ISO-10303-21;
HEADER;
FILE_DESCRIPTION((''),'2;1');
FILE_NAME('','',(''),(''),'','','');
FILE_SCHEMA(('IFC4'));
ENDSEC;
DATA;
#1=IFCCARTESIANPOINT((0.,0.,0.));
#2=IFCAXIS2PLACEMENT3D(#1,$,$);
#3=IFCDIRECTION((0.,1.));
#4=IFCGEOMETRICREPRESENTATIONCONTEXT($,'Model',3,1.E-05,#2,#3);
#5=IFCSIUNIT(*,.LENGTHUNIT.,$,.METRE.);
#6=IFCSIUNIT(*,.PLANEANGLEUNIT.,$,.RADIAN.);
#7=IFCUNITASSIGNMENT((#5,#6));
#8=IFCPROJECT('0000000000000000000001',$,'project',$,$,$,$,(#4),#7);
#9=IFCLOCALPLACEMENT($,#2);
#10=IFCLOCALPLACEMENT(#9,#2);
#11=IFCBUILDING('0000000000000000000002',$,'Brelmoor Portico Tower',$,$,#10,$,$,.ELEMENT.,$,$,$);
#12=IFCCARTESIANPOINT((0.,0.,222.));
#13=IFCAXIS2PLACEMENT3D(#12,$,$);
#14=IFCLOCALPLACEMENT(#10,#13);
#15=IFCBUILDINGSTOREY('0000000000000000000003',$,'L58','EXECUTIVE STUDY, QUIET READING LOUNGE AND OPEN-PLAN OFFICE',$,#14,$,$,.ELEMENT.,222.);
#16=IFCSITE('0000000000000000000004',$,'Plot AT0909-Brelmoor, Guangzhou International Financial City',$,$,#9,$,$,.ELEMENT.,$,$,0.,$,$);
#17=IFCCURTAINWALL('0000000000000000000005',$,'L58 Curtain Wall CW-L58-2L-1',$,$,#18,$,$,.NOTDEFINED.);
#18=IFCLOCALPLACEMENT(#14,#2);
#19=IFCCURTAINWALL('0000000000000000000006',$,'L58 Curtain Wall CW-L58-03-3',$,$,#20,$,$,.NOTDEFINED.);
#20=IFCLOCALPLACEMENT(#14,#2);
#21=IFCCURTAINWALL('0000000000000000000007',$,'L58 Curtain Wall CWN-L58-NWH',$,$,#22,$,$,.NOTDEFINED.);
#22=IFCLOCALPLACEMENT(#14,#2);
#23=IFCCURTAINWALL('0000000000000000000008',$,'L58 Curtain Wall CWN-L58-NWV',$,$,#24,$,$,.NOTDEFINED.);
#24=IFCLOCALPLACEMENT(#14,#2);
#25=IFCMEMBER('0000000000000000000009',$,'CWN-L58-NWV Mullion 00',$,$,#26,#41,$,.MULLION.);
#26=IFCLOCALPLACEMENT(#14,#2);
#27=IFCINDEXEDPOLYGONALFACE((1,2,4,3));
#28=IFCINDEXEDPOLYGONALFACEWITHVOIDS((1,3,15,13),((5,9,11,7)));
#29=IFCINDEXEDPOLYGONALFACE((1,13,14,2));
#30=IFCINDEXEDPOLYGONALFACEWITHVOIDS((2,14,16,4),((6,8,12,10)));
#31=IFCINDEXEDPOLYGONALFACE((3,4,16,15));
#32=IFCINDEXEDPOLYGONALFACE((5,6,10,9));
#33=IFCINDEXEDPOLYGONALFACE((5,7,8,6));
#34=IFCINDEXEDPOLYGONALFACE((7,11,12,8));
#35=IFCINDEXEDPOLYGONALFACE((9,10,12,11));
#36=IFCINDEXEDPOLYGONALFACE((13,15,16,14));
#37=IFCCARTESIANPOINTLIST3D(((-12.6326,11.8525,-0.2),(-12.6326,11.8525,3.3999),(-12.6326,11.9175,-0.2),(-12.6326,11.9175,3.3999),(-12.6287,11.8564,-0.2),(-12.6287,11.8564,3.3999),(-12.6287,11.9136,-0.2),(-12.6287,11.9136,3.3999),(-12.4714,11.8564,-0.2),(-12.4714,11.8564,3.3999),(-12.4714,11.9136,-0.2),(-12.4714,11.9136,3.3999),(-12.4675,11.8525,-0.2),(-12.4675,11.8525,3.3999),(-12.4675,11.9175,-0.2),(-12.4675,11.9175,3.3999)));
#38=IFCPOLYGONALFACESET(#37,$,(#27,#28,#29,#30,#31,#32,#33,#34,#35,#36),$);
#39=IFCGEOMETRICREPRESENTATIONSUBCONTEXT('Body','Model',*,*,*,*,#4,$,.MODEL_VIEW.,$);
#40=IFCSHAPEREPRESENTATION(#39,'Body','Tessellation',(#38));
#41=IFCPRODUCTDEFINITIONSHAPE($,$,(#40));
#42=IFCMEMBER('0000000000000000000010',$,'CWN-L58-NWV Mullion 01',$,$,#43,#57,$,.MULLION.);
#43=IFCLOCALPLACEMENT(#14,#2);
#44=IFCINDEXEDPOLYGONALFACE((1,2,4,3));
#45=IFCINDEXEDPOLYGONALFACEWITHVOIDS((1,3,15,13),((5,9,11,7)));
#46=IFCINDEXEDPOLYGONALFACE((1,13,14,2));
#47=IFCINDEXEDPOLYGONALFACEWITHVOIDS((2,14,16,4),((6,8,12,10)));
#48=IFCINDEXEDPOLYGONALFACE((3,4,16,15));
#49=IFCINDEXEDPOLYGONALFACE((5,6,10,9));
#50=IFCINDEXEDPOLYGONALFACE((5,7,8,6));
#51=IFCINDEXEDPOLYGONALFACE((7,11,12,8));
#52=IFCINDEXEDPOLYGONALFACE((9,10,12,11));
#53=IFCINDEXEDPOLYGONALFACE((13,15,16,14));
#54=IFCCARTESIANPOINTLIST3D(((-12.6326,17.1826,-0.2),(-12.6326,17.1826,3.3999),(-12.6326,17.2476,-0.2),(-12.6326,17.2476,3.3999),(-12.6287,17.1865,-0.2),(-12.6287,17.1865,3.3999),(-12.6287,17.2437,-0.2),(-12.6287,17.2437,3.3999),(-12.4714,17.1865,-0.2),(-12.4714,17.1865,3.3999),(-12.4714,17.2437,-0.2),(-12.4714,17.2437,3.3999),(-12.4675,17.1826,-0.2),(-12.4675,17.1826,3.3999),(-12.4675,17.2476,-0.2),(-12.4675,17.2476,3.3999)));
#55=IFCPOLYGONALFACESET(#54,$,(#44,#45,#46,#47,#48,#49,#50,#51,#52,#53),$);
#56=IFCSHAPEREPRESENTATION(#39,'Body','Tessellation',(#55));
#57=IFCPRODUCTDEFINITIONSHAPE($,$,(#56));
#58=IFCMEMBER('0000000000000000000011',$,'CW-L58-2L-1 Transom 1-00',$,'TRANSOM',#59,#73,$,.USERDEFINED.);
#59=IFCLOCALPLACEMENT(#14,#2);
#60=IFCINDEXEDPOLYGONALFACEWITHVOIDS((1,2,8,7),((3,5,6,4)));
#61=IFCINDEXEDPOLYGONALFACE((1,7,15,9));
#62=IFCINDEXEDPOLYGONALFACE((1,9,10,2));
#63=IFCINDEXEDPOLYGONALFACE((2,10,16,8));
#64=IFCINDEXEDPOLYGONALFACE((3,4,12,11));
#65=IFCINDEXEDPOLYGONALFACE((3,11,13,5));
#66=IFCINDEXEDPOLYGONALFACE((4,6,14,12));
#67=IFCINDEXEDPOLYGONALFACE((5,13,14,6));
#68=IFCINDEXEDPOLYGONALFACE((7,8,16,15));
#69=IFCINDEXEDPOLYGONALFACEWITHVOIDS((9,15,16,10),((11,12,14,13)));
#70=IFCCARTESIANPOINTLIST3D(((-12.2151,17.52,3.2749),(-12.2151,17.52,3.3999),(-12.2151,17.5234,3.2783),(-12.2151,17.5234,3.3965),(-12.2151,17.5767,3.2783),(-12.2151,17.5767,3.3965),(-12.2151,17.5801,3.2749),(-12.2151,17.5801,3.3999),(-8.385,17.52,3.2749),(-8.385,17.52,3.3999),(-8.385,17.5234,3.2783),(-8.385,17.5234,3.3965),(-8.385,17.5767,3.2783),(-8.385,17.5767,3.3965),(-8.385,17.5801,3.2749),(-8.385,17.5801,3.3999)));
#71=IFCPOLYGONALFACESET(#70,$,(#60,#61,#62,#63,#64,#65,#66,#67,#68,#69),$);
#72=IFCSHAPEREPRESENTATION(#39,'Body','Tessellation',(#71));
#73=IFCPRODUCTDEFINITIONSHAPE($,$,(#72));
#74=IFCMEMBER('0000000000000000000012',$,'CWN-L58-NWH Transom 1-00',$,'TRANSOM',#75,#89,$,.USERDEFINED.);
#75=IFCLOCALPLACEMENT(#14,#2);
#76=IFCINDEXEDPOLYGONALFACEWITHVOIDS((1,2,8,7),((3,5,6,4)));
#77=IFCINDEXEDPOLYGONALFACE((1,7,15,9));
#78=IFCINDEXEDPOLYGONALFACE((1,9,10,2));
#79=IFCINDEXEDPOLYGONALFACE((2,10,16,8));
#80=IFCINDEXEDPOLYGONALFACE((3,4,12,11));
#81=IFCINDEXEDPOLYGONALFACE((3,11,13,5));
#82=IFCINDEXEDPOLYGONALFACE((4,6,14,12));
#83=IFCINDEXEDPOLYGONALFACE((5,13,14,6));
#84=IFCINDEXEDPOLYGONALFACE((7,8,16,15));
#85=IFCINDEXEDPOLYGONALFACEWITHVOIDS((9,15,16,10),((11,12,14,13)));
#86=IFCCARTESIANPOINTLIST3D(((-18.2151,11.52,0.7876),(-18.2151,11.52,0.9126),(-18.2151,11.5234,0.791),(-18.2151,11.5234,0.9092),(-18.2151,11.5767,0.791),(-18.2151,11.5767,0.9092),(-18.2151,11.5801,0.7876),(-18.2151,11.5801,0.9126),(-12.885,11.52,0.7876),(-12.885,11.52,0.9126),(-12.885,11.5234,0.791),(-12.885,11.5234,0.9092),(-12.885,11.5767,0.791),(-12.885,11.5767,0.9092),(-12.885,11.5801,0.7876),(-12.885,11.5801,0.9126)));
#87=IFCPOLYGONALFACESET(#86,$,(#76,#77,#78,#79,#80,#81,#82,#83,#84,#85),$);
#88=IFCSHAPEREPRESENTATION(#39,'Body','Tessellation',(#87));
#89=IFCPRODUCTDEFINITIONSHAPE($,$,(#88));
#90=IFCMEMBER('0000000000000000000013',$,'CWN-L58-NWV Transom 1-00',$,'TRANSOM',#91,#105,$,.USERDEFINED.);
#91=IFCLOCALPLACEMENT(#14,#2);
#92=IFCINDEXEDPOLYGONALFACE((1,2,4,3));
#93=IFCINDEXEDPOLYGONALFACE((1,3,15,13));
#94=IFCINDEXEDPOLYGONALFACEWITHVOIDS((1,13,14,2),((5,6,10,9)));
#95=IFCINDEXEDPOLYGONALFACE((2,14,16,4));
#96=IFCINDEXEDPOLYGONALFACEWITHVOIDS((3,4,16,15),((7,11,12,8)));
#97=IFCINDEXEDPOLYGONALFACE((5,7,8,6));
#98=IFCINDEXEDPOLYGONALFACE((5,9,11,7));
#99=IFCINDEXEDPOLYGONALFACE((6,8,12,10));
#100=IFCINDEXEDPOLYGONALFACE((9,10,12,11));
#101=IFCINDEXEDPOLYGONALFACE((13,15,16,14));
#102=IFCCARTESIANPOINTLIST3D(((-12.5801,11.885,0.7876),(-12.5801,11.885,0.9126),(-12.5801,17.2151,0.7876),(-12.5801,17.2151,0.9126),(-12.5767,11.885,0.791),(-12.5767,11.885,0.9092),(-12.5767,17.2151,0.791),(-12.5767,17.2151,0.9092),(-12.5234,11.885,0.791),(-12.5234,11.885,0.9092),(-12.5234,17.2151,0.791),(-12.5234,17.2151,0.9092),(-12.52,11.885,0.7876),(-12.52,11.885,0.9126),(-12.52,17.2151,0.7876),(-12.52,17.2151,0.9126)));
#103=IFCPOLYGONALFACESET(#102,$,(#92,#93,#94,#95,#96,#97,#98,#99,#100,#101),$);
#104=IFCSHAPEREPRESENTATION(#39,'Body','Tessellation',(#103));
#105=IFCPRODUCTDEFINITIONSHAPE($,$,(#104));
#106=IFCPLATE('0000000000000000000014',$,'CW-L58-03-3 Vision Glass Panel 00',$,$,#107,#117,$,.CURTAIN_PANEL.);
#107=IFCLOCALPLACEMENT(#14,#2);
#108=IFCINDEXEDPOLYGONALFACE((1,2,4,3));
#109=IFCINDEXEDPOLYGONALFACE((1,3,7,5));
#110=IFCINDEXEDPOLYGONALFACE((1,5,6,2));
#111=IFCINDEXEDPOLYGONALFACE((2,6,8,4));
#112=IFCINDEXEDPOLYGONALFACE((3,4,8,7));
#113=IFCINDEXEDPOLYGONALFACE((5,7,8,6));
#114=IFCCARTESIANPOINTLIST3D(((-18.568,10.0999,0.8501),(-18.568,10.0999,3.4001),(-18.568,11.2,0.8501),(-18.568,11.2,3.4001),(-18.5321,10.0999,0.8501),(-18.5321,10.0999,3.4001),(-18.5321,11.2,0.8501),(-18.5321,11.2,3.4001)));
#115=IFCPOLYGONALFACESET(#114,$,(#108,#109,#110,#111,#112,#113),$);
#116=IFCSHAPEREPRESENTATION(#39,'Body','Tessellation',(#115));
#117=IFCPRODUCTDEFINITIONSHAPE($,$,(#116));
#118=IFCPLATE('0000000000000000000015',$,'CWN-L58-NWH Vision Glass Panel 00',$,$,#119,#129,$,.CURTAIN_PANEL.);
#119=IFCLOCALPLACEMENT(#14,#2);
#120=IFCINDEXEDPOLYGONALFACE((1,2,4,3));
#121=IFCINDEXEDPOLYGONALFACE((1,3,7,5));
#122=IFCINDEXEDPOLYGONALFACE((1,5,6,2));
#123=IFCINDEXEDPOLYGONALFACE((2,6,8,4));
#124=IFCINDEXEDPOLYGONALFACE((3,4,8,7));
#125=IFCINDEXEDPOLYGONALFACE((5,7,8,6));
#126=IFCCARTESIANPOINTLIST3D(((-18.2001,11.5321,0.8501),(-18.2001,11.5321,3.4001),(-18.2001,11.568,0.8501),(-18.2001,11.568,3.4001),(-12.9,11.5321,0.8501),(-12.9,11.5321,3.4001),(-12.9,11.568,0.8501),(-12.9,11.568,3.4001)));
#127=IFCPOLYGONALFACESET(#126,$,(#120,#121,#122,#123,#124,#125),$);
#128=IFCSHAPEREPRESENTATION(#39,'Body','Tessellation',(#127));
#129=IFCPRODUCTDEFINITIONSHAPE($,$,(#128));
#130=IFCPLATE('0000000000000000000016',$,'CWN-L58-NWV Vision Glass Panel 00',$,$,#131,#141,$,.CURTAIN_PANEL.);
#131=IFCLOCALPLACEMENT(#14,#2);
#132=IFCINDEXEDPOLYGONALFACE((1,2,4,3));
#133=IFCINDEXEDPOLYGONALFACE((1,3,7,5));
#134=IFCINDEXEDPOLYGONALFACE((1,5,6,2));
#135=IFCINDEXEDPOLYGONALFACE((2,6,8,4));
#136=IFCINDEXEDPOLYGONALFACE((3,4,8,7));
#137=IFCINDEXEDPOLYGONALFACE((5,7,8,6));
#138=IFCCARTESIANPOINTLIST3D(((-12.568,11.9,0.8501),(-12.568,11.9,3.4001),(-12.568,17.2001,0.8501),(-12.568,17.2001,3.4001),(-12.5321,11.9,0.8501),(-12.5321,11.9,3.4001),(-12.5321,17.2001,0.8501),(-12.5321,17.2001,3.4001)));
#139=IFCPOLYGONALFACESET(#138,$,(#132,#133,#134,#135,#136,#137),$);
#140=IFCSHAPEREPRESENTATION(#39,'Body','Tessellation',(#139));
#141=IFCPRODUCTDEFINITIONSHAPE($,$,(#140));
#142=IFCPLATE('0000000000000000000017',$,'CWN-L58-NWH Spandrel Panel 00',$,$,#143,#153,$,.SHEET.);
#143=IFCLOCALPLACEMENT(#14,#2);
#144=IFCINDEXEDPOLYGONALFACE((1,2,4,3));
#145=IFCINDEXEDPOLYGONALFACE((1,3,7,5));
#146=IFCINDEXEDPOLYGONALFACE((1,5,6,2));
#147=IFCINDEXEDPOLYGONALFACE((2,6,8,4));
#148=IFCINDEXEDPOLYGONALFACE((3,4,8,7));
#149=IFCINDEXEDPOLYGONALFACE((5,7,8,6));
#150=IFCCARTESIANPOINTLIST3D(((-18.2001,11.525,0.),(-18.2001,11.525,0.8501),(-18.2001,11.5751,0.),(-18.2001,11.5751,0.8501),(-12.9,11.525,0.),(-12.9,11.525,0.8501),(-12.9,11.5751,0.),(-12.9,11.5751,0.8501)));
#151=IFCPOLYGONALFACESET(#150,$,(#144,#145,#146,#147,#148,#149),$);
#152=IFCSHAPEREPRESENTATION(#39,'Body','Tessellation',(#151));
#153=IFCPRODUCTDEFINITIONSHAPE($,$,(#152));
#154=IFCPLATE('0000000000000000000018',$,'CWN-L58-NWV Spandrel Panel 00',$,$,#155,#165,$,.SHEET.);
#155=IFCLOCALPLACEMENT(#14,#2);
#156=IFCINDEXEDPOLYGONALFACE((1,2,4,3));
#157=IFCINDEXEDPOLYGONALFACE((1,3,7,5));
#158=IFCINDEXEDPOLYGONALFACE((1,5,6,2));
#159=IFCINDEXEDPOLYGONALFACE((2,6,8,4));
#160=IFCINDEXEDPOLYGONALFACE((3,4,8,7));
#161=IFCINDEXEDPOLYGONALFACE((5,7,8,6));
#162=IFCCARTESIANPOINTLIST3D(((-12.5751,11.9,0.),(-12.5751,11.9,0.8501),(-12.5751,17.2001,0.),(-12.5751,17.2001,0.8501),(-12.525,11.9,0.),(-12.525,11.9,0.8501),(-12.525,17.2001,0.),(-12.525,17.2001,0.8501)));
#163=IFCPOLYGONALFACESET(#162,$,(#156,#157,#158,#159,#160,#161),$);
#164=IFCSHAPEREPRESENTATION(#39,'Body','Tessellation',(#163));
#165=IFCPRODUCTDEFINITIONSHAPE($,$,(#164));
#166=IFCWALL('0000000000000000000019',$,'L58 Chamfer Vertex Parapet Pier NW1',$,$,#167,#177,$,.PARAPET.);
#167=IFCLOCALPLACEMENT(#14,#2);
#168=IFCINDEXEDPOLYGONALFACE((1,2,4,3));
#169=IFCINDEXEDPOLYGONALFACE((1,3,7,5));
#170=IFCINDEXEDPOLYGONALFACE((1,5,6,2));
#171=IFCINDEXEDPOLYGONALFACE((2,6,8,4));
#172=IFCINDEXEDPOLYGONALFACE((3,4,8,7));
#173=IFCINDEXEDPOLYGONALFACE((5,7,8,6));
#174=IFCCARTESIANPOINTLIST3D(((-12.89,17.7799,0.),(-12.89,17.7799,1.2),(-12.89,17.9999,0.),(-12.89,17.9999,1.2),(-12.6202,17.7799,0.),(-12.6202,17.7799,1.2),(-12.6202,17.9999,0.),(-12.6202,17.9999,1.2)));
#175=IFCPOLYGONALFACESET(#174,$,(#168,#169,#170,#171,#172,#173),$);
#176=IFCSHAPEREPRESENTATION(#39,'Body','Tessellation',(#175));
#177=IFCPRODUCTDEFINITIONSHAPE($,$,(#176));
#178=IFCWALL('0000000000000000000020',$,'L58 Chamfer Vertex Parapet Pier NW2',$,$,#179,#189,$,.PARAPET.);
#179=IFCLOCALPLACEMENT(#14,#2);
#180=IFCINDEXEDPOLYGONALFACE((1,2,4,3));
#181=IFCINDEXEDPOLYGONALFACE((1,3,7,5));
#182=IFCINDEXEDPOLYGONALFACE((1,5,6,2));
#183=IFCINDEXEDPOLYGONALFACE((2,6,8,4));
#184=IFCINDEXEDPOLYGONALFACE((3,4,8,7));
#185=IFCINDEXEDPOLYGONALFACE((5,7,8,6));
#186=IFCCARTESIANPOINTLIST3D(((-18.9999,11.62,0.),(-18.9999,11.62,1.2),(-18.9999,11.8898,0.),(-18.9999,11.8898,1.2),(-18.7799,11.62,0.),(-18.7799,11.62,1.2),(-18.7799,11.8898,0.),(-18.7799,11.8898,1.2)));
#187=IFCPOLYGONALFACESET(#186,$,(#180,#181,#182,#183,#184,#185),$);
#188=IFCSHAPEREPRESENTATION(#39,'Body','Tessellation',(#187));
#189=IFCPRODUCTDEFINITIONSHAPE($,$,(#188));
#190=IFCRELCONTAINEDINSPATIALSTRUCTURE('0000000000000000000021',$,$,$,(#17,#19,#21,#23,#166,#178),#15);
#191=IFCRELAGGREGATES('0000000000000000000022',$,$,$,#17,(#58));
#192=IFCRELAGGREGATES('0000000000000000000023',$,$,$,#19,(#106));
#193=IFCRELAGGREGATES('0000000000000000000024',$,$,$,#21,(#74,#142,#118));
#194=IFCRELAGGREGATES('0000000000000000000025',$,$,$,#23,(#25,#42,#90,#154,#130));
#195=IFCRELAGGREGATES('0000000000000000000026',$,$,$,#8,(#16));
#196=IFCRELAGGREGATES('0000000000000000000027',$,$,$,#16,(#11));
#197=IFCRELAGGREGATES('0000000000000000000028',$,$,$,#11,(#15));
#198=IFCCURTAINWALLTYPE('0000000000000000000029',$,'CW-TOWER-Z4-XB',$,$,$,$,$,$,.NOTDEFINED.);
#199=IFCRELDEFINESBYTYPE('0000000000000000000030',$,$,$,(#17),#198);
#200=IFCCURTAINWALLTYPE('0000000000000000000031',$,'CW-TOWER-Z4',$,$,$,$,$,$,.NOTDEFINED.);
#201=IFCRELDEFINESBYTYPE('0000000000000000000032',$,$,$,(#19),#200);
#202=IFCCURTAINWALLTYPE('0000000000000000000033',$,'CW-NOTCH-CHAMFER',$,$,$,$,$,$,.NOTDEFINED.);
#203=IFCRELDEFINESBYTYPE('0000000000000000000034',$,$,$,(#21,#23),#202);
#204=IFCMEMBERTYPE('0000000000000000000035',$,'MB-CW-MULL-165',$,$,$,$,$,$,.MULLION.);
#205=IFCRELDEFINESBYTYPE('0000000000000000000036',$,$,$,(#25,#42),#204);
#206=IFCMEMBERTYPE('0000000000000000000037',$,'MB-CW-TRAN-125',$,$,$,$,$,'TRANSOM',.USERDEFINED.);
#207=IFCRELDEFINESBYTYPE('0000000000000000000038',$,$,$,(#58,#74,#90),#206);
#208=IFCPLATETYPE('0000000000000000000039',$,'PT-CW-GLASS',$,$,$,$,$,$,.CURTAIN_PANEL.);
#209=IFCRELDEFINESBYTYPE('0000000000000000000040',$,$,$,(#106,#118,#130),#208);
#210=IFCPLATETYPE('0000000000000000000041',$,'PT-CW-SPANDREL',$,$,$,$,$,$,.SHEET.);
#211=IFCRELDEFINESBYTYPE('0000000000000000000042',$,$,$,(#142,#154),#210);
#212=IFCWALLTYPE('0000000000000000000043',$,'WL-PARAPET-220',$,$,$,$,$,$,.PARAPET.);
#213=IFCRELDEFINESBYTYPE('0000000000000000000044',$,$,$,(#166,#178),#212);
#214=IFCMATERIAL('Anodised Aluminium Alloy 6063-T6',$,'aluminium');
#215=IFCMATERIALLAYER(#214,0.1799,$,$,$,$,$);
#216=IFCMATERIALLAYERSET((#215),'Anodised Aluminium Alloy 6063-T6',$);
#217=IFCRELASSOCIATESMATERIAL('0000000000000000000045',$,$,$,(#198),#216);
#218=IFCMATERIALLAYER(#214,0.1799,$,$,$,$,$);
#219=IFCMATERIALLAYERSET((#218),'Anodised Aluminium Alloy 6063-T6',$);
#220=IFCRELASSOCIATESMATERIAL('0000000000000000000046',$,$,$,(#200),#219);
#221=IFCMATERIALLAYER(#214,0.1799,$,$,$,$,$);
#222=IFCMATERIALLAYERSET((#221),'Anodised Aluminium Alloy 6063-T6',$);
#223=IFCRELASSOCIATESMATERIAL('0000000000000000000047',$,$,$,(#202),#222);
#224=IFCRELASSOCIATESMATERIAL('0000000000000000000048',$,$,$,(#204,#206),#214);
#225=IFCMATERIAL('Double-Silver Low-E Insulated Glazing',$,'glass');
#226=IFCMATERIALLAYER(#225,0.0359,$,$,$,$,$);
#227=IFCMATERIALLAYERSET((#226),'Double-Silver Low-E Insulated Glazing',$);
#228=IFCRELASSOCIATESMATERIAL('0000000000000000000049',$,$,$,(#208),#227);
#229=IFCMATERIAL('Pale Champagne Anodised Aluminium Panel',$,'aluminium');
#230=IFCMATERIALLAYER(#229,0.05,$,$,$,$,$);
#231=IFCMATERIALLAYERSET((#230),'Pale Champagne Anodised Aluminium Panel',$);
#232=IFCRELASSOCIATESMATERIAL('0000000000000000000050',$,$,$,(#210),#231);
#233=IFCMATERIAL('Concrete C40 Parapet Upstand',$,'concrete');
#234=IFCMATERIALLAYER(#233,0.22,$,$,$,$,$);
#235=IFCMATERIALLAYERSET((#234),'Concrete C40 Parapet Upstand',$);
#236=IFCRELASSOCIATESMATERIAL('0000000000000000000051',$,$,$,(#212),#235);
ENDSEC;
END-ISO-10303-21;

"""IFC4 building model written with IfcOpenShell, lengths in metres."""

from ifc_helpers import new_model, si_unit, direction, frame, frame_2d, origin, origin_2d, place, context, subcontext, project, spatial, rectangle, hollow_rectangle, extrude, material, layer, layer_set, material_profile, profile_set, type_object, element, aggregate, save


model = new_model("IFC4")

# Units and contexts
model_context = context("Model", 3, precision=1e-05, world=origin(), true_north=direction((0.0, 1.0)))
body_context = subcontext(model_context, "Body", "Model", "MODEL_VIEW")
ifc_project = project(units=[si_unit("LENGTHUNIT", "METRE"), si_unit("PLANEANGLEUNIT", "RADIAN")], contexts=[model_context])

# Site, building, storey
site_placement = place(None, origin())
site = spatial("IfcSite", under=ifc_project, at=site_placement, Name="Plot AT0909-Brelmoor, Guangzhou International Financial City", CompositionType="ELEMENT", RefElevation=0.0)
building_placement = place(site_placement, origin())
building = spatial("IfcBuilding", under=site, at=building_placement, Name="Brelmoor Portico Tower", CompositionType="ELEMENT")
storey_placement = place(building_placement, frame((0.0, 0.0, 222.0)))
storey = spatial("IfcBuildingStorey", under=building, at=storey_placement, Name="L58", Description="EXECUTIVE STUDY, QUIET READING LOUNGE AND OPEN-PLAN OFFICE", CompositionType="ELEMENT", Elevation=222.0)

# Curtain walls
ifc_material_1 = material(Name="Anodised Aluminium Alloy 6063-T6", Category="aluminium")
ifc_layer_1 = layer(ifc_material_1, 0.1799)
ifc_layer_set_1 = layer_set([ifc_layer_1], Name="Anodised Aluminium Alloy 6063-T6")
curtain_wall_type_1 = type_object("IfcCurtainWallType", Name="CW-TOWER-Z4-XB", PredefinedType="NOTDEFINED", material=ifc_layer_set_1)
curtain_wall_1_placement = place(storey_placement, origin())
curtain_wall_1 = element("IfcCurtainWall", 1, at=curtain_wall_1_placement, inside=storey, type_object=curtain_wall_type_1, Name="L58 Curtain Wall CW-L58-2L-1", PredefinedType="NOTDEFINED")
ifc_layer_2 = layer(ifc_material_1, 0.1799)
ifc_layer_set_2 = layer_set([ifc_layer_2], Name="Anodised Aluminium Alloy 6063-T6")
curtain_wall_type_2 = type_object("IfcCurtainWallType", Name="CW-TOWER-Z4", PredefinedType="NOTDEFINED", material=ifc_layer_set_2)
curtain_wall_2_placement = place(storey_placement, origin())
curtain_wall_2 = element("IfcCurtainWall", 2, at=curtain_wall_2_placement, inside=storey, type_object=curtain_wall_type_2, Name="L58 Curtain Wall CW-L58-03-3", PredefinedType="NOTDEFINED")

# Curtain walls, members
ifc_layer_3 = layer(ifc_material_1, 0.1799)
ifc_layer_set_3 = layer_set([ifc_layer_3], Name="Anodised Aluminium Alloy 6063-T6")
curtain_wall_type_3 = type_object("IfcCurtainWallType", Name="CW-NOTCH-CHAMFER", PredefinedType="NOTDEFINED", material=ifc_layer_set_3)
curtain_wall_3_placement = place(storey_placement, origin())
curtain_wall_3 = element("IfcCurtainWall", 3, at=curtain_wall_3_placement, inside=storey, type_object=curtain_wall_type_3, Name="L58 Curtain Wall CWN-L58-NWH", PredefinedType="NOTDEFINED")
ifc_material_profile_1 = material_profile(ifc_material_1, hollow_rectangle(XDim=0.0649, YDim=0.165, WallThickness=0.0039, at=origin_2d()), Name="ALU MULLION 65x165")
ifc_profile_set_1 = profile_set([ifc_material_profile_1], Name="Anodised Aluminium Alloy 6063-T6")
member_type_1 = type_object("IfcMemberType", Name="MB-CW-MULL-165", PredefinedType="MULLION", material=ifc_profile_set_1)
curtain_wall_4_placement = place(storey_placement, origin())
curtain_wall_4 = element("IfcCurtainWall", 4, at=curtain_wall_4_placement, inside=storey, type_object=curtain_wall_type_3, Name="L58 Curtain Wall CWN-L58-NWV", PredefinedType="NOTDEFINED")
member_1_placement = place(storey_placement, frame((-12.55, 11.885, -0.2), z_axis=(0.0, 0.0, 1.0), x_axis=(0.0, 1.0, 0.0)))
member_1 = element("IfcMember", 5, at=member_1_placement, type_object=member_type_1, Name="CWN-L58-NWV Mullion 00", PredefinedType="MULLION", context=body_context, shape_type="SweptSolid", body=[
    extrude(hollow_rectangle(XDim=0.0649, YDim=0.165, WallThickness=0.0039, at=origin_2d()), origin(), (0.0, 0.0, 1.0), 3.5999),
])
member_2_placement = place(storey_placement, frame((-12.55, 17.2151, -0.2), z_axis=(0.0, 0.0, 1.0), x_axis=(0.0, 1.0, 0.0)))
member_2 = element("IfcMember", 6, at=member_2_placement, type_object=member_type_1, Name="CWN-L58-NWV Mullion 01", PredefinedType="MULLION", context=body_context, shape_type="SweptSolid", body=[
    extrude(hollow_rectangle(XDim=0.0649, YDim=0.165, WallThickness=0.0039, at=origin_2d()), origin(), (0.0, 0.0, 1.0), 3.5999),
])

# Members
ifc_material_profile_2 = material_profile(ifc_material_1, hollow_rectangle(XDim=0.0601, YDim=0.125, WallThickness=0.0034, at=origin_2d()), Name="ALU TRANSOM 60x125")
ifc_profile_set_2 = profile_set([ifc_material_profile_2], Name="Anodised Aluminium Alloy 6063-T6")
member_type_2 = type_object("IfcMemberType", Name="MB-CW-TRAN-125", ElementType="TRANSOM", PredefinedType="USERDEFINED", material=ifc_profile_set_2)
member_3_placement = place(storey_placement, frame((-12.2151, 17.55, 3.3374), z_axis=(1.0, 0.0, 0.0), x_axis=(0.0, 1.0, 0.0)))
member_3 = element("IfcMember", 7, at=member_3_placement, type_object=member_type_2, Name="CW-L58-2L-1 Transom 1-00", ObjectType="TRANSOM", PredefinedType="USERDEFINED", context=body_context, shape_type="SweptSolid", body=[
    extrude(hollow_rectangle(XDim=0.0601, YDim=0.125, WallThickness=0.0034, at=origin_2d()), origin(), (0.0, 0.0, 1.0), 3.8301),
])
aggregate(curtain_wall_1, [member_3])
member_4_placement = place(storey_placement, frame((-18.2151, 11.55, 0.8501), z_axis=(1.0, 0.0, 0.0), x_axis=(0.0, 1.0, 0.0)))
member_4 = element("IfcMember", 8, at=member_4_placement, type_object=member_type_2, Name="CWN-L58-NWH Transom 1-00", ObjectType="TRANSOM", PredefinedType="USERDEFINED", context=body_context, shape_type="SweptSolid", body=[
    extrude(hollow_rectangle(XDim=0.0601, YDim=0.125, WallThickness=0.0034, at=origin_2d()), origin(), (0.0, 0.0, 1.0), 5.3301),
])
member_5_placement = place(storey_placement, frame((-12.55, 11.885, 0.8501), z_axis=(0.0, 1.0, 0.0), x_axis=(-1.0, 0.0, 0.0)))
member_5 = element("IfcMember", 9, at=member_5_placement, type_object=member_type_2, Name="CWN-L58-NWV Transom 1-00", ObjectType="TRANSOM", PredefinedType="USERDEFINED", context=body_context, shape_type="SweptSolid", body=[
    extrude(hollow_rectangle(XDim=0.0601, YDim=0.125, WallThickness=0.0034, at=origin_2d()), origin(), (0.0, 0.0, 1.0), 5.3301),
])

# Plates
ifc_material_2 = material(Name="Double-Silver Low-E Insulated Glazing", Category="glass")
ifc_layer_4 = layer(ifc_material_2, 0.0359)
ifc_layer_set_4 = layer_set([ifc_layer_4], Name="Double-Silver Low-E Insulated Glazing")
plate_type_1 = type_object("IfcPlateType", Name="PT-CW-GLASS", PredefinedType="CURTAIN_PANEL", material=ifc_layer_set_4)
plate_1_placement = place(storey_placement, frame((-18.55, 10.6499, 0.8501), z_axis=(0.0, 0.0, 1.0), x_axis=(0.0, 1.0, 0.0)))
plate_1 = element("IfcPlate", 10, at=plate_1_placement, type_object=plate_type_1, Name="CW-L58-03-3 Vision Glass Panel 00", PredefinedType="CURTAIN_PANEL", context=body_context, shape_type="SweptSolid", body=[
    extrude(rectangle(XDim=1.1001, YDim=0.0359, at=origin_2d()), origin(), (0.0, 0.0, 1.0), 2.55),
])
aggregate(curtain_wall_2, [plate_1])
plate_2_placement = place(storey_placement, frame((-15.55, 11.55, 0.8501), z_axis=(0.0, 0.0, 1.0), x_axis=(1.0, 0.0, 0.0)))
plate_2 = element("IfcPlate", 11, at=plate_2_placement, type_object=plate_type_1, Name="CWN-L58-NWH Vision Glass Panel 00", PredefinedType="CURTAIN_PANEL", context=body_context, shape_type="SweptSolid", body=[
    extrude(rectangle(XDim=5.3, YDim=0.0359, at=origin_2d()), origin(), (0.0, 0.0, 1.0), 2.55),
])
plate_3_placement = place(storey_placement, frame((-12.55, 14.55, 0.8501), z_axis=(0.0, 0.0, 1.0), x_axis=(0.0, 1.0, 0.0)))
plate_3 = element("IfcPlate", 12, at=plate_3_placement, type_object=plate_type_1, Name="CWN-L58-NWV Vision Glass Panel 00", PredefinedType="CURTAIN_PANEL", context=body_context, shape_type="SweptSolid", body=[
    extrude(rectangle(XDim=5.3, YDim=0.0359, at=origin_2d()), origin(), (0.0, 0.0, 1.0), 2.55),
])
ifc_material_3 = material(Name="Pale Champagne Anodised Aluminium Panel", Category="aluminium")
ifc_layer_5 = layer(ifc_material_3, 0.05)
ifc_layer_set_5 = layer_set([ifc_layer_5], Name="Pale Champagne Anodised Aluminium Panel")
plate_type_2 = type_object("IfcPlateType", Name="PT-CW-SPANDREL", PredefinedType="SHEET", material=ifc_layer_set_5)
plate_4_placement = place(storey_placement, frame((-15.55, 11.55, 0.0), z_axis=(0.0, 0.0, 1.0), x_axis=(1.0, 0.0, 0.0)))
plate_4 = element("IfcPlate", 13, at=plate_4_placement, type_object=plate_type_2, Name="CWN-L58-NWH Spandrel Panel 00", PredefinedType="SHEET", context=body_context, shape_type="SweptSolid", body=[
    extrude(rectangle(XDim=5.3, YDim=0.05, at=origin_2d()), origin(), (0.0, 0.0, 1.0), 0.8501),
])
aggregate(curtain_wall_3, [member_4, plate_4, plate_2])
plate_5_placement = place(storey_placement, frame((-12.55, 14.55, 0.0), z_axis=(0.0, 0.0, 1.0), x_axis=(0.0, 1.0, 0.0)))
plate_5 = element("IfcPlate", 14, at=plate_5_placement, type_object=plate_type_2, Name="CWN-L58-NWV Spandrel Panel 00", PredefinedType="SHEET", context=body_context, shape_type="SweptSolid", body=[
    extrude(rectangle(XDim=5.3, YDim=0.05, at=origin_2d()), origin(), (0.0, 0.0, 1.0), 0.8501),
])
aggregate(curtain_wall_4, [member_1, member_2, member_5, plate_5, plate_3])

# Walls
ifc_material_4 = material(Name="Concrete C40 Parapet Upstand", Category="concrete")
ifc_layer_6 = layer(ifc_material_4, 0.22)
ifc_layer_set_6 = layer_set([ifc_layer_6], Name="Concrete C40 Parapet Upstand")
wall_type = type_object("IfcWallType", Name="WL-PARAPET-220", PredefinedType="PARAPET", material=ifc_layer_set_6)
for number, where, z_axis, x_axis, name in (
    (15, (-12.8899, 17.8899, 0.0), (0.0, 0.0, 1.0), (1.0, 0.0, 0.0), "L58 Chamfer Vertex Parapet Pier NW1"),
    (16, (-18.8899, 11.6201, 0.0), (0.0, 0.0, 1.0), (0.0, 1.0, 0.0), "L58 Chamfer Vertex Parapet Pier NW2"),
):
    element("IfcWall", number, at=place(storey_placement, frame(where, z_axis=z_axis, x_axis=x_axis)), inside=storey, type_object=wall_type, Name=name, PredefinedType="PARAPET", context=body_context, shape_type="SweptSolid", body=[
        extrude(rectangle(XDim=0.2698, YDim=0.22, at=frame_2d((0.1348, 0.0))), origin(), (0.0, 0.0, 1.0), 1.2),
    ])

save(model, "model.ifc")
